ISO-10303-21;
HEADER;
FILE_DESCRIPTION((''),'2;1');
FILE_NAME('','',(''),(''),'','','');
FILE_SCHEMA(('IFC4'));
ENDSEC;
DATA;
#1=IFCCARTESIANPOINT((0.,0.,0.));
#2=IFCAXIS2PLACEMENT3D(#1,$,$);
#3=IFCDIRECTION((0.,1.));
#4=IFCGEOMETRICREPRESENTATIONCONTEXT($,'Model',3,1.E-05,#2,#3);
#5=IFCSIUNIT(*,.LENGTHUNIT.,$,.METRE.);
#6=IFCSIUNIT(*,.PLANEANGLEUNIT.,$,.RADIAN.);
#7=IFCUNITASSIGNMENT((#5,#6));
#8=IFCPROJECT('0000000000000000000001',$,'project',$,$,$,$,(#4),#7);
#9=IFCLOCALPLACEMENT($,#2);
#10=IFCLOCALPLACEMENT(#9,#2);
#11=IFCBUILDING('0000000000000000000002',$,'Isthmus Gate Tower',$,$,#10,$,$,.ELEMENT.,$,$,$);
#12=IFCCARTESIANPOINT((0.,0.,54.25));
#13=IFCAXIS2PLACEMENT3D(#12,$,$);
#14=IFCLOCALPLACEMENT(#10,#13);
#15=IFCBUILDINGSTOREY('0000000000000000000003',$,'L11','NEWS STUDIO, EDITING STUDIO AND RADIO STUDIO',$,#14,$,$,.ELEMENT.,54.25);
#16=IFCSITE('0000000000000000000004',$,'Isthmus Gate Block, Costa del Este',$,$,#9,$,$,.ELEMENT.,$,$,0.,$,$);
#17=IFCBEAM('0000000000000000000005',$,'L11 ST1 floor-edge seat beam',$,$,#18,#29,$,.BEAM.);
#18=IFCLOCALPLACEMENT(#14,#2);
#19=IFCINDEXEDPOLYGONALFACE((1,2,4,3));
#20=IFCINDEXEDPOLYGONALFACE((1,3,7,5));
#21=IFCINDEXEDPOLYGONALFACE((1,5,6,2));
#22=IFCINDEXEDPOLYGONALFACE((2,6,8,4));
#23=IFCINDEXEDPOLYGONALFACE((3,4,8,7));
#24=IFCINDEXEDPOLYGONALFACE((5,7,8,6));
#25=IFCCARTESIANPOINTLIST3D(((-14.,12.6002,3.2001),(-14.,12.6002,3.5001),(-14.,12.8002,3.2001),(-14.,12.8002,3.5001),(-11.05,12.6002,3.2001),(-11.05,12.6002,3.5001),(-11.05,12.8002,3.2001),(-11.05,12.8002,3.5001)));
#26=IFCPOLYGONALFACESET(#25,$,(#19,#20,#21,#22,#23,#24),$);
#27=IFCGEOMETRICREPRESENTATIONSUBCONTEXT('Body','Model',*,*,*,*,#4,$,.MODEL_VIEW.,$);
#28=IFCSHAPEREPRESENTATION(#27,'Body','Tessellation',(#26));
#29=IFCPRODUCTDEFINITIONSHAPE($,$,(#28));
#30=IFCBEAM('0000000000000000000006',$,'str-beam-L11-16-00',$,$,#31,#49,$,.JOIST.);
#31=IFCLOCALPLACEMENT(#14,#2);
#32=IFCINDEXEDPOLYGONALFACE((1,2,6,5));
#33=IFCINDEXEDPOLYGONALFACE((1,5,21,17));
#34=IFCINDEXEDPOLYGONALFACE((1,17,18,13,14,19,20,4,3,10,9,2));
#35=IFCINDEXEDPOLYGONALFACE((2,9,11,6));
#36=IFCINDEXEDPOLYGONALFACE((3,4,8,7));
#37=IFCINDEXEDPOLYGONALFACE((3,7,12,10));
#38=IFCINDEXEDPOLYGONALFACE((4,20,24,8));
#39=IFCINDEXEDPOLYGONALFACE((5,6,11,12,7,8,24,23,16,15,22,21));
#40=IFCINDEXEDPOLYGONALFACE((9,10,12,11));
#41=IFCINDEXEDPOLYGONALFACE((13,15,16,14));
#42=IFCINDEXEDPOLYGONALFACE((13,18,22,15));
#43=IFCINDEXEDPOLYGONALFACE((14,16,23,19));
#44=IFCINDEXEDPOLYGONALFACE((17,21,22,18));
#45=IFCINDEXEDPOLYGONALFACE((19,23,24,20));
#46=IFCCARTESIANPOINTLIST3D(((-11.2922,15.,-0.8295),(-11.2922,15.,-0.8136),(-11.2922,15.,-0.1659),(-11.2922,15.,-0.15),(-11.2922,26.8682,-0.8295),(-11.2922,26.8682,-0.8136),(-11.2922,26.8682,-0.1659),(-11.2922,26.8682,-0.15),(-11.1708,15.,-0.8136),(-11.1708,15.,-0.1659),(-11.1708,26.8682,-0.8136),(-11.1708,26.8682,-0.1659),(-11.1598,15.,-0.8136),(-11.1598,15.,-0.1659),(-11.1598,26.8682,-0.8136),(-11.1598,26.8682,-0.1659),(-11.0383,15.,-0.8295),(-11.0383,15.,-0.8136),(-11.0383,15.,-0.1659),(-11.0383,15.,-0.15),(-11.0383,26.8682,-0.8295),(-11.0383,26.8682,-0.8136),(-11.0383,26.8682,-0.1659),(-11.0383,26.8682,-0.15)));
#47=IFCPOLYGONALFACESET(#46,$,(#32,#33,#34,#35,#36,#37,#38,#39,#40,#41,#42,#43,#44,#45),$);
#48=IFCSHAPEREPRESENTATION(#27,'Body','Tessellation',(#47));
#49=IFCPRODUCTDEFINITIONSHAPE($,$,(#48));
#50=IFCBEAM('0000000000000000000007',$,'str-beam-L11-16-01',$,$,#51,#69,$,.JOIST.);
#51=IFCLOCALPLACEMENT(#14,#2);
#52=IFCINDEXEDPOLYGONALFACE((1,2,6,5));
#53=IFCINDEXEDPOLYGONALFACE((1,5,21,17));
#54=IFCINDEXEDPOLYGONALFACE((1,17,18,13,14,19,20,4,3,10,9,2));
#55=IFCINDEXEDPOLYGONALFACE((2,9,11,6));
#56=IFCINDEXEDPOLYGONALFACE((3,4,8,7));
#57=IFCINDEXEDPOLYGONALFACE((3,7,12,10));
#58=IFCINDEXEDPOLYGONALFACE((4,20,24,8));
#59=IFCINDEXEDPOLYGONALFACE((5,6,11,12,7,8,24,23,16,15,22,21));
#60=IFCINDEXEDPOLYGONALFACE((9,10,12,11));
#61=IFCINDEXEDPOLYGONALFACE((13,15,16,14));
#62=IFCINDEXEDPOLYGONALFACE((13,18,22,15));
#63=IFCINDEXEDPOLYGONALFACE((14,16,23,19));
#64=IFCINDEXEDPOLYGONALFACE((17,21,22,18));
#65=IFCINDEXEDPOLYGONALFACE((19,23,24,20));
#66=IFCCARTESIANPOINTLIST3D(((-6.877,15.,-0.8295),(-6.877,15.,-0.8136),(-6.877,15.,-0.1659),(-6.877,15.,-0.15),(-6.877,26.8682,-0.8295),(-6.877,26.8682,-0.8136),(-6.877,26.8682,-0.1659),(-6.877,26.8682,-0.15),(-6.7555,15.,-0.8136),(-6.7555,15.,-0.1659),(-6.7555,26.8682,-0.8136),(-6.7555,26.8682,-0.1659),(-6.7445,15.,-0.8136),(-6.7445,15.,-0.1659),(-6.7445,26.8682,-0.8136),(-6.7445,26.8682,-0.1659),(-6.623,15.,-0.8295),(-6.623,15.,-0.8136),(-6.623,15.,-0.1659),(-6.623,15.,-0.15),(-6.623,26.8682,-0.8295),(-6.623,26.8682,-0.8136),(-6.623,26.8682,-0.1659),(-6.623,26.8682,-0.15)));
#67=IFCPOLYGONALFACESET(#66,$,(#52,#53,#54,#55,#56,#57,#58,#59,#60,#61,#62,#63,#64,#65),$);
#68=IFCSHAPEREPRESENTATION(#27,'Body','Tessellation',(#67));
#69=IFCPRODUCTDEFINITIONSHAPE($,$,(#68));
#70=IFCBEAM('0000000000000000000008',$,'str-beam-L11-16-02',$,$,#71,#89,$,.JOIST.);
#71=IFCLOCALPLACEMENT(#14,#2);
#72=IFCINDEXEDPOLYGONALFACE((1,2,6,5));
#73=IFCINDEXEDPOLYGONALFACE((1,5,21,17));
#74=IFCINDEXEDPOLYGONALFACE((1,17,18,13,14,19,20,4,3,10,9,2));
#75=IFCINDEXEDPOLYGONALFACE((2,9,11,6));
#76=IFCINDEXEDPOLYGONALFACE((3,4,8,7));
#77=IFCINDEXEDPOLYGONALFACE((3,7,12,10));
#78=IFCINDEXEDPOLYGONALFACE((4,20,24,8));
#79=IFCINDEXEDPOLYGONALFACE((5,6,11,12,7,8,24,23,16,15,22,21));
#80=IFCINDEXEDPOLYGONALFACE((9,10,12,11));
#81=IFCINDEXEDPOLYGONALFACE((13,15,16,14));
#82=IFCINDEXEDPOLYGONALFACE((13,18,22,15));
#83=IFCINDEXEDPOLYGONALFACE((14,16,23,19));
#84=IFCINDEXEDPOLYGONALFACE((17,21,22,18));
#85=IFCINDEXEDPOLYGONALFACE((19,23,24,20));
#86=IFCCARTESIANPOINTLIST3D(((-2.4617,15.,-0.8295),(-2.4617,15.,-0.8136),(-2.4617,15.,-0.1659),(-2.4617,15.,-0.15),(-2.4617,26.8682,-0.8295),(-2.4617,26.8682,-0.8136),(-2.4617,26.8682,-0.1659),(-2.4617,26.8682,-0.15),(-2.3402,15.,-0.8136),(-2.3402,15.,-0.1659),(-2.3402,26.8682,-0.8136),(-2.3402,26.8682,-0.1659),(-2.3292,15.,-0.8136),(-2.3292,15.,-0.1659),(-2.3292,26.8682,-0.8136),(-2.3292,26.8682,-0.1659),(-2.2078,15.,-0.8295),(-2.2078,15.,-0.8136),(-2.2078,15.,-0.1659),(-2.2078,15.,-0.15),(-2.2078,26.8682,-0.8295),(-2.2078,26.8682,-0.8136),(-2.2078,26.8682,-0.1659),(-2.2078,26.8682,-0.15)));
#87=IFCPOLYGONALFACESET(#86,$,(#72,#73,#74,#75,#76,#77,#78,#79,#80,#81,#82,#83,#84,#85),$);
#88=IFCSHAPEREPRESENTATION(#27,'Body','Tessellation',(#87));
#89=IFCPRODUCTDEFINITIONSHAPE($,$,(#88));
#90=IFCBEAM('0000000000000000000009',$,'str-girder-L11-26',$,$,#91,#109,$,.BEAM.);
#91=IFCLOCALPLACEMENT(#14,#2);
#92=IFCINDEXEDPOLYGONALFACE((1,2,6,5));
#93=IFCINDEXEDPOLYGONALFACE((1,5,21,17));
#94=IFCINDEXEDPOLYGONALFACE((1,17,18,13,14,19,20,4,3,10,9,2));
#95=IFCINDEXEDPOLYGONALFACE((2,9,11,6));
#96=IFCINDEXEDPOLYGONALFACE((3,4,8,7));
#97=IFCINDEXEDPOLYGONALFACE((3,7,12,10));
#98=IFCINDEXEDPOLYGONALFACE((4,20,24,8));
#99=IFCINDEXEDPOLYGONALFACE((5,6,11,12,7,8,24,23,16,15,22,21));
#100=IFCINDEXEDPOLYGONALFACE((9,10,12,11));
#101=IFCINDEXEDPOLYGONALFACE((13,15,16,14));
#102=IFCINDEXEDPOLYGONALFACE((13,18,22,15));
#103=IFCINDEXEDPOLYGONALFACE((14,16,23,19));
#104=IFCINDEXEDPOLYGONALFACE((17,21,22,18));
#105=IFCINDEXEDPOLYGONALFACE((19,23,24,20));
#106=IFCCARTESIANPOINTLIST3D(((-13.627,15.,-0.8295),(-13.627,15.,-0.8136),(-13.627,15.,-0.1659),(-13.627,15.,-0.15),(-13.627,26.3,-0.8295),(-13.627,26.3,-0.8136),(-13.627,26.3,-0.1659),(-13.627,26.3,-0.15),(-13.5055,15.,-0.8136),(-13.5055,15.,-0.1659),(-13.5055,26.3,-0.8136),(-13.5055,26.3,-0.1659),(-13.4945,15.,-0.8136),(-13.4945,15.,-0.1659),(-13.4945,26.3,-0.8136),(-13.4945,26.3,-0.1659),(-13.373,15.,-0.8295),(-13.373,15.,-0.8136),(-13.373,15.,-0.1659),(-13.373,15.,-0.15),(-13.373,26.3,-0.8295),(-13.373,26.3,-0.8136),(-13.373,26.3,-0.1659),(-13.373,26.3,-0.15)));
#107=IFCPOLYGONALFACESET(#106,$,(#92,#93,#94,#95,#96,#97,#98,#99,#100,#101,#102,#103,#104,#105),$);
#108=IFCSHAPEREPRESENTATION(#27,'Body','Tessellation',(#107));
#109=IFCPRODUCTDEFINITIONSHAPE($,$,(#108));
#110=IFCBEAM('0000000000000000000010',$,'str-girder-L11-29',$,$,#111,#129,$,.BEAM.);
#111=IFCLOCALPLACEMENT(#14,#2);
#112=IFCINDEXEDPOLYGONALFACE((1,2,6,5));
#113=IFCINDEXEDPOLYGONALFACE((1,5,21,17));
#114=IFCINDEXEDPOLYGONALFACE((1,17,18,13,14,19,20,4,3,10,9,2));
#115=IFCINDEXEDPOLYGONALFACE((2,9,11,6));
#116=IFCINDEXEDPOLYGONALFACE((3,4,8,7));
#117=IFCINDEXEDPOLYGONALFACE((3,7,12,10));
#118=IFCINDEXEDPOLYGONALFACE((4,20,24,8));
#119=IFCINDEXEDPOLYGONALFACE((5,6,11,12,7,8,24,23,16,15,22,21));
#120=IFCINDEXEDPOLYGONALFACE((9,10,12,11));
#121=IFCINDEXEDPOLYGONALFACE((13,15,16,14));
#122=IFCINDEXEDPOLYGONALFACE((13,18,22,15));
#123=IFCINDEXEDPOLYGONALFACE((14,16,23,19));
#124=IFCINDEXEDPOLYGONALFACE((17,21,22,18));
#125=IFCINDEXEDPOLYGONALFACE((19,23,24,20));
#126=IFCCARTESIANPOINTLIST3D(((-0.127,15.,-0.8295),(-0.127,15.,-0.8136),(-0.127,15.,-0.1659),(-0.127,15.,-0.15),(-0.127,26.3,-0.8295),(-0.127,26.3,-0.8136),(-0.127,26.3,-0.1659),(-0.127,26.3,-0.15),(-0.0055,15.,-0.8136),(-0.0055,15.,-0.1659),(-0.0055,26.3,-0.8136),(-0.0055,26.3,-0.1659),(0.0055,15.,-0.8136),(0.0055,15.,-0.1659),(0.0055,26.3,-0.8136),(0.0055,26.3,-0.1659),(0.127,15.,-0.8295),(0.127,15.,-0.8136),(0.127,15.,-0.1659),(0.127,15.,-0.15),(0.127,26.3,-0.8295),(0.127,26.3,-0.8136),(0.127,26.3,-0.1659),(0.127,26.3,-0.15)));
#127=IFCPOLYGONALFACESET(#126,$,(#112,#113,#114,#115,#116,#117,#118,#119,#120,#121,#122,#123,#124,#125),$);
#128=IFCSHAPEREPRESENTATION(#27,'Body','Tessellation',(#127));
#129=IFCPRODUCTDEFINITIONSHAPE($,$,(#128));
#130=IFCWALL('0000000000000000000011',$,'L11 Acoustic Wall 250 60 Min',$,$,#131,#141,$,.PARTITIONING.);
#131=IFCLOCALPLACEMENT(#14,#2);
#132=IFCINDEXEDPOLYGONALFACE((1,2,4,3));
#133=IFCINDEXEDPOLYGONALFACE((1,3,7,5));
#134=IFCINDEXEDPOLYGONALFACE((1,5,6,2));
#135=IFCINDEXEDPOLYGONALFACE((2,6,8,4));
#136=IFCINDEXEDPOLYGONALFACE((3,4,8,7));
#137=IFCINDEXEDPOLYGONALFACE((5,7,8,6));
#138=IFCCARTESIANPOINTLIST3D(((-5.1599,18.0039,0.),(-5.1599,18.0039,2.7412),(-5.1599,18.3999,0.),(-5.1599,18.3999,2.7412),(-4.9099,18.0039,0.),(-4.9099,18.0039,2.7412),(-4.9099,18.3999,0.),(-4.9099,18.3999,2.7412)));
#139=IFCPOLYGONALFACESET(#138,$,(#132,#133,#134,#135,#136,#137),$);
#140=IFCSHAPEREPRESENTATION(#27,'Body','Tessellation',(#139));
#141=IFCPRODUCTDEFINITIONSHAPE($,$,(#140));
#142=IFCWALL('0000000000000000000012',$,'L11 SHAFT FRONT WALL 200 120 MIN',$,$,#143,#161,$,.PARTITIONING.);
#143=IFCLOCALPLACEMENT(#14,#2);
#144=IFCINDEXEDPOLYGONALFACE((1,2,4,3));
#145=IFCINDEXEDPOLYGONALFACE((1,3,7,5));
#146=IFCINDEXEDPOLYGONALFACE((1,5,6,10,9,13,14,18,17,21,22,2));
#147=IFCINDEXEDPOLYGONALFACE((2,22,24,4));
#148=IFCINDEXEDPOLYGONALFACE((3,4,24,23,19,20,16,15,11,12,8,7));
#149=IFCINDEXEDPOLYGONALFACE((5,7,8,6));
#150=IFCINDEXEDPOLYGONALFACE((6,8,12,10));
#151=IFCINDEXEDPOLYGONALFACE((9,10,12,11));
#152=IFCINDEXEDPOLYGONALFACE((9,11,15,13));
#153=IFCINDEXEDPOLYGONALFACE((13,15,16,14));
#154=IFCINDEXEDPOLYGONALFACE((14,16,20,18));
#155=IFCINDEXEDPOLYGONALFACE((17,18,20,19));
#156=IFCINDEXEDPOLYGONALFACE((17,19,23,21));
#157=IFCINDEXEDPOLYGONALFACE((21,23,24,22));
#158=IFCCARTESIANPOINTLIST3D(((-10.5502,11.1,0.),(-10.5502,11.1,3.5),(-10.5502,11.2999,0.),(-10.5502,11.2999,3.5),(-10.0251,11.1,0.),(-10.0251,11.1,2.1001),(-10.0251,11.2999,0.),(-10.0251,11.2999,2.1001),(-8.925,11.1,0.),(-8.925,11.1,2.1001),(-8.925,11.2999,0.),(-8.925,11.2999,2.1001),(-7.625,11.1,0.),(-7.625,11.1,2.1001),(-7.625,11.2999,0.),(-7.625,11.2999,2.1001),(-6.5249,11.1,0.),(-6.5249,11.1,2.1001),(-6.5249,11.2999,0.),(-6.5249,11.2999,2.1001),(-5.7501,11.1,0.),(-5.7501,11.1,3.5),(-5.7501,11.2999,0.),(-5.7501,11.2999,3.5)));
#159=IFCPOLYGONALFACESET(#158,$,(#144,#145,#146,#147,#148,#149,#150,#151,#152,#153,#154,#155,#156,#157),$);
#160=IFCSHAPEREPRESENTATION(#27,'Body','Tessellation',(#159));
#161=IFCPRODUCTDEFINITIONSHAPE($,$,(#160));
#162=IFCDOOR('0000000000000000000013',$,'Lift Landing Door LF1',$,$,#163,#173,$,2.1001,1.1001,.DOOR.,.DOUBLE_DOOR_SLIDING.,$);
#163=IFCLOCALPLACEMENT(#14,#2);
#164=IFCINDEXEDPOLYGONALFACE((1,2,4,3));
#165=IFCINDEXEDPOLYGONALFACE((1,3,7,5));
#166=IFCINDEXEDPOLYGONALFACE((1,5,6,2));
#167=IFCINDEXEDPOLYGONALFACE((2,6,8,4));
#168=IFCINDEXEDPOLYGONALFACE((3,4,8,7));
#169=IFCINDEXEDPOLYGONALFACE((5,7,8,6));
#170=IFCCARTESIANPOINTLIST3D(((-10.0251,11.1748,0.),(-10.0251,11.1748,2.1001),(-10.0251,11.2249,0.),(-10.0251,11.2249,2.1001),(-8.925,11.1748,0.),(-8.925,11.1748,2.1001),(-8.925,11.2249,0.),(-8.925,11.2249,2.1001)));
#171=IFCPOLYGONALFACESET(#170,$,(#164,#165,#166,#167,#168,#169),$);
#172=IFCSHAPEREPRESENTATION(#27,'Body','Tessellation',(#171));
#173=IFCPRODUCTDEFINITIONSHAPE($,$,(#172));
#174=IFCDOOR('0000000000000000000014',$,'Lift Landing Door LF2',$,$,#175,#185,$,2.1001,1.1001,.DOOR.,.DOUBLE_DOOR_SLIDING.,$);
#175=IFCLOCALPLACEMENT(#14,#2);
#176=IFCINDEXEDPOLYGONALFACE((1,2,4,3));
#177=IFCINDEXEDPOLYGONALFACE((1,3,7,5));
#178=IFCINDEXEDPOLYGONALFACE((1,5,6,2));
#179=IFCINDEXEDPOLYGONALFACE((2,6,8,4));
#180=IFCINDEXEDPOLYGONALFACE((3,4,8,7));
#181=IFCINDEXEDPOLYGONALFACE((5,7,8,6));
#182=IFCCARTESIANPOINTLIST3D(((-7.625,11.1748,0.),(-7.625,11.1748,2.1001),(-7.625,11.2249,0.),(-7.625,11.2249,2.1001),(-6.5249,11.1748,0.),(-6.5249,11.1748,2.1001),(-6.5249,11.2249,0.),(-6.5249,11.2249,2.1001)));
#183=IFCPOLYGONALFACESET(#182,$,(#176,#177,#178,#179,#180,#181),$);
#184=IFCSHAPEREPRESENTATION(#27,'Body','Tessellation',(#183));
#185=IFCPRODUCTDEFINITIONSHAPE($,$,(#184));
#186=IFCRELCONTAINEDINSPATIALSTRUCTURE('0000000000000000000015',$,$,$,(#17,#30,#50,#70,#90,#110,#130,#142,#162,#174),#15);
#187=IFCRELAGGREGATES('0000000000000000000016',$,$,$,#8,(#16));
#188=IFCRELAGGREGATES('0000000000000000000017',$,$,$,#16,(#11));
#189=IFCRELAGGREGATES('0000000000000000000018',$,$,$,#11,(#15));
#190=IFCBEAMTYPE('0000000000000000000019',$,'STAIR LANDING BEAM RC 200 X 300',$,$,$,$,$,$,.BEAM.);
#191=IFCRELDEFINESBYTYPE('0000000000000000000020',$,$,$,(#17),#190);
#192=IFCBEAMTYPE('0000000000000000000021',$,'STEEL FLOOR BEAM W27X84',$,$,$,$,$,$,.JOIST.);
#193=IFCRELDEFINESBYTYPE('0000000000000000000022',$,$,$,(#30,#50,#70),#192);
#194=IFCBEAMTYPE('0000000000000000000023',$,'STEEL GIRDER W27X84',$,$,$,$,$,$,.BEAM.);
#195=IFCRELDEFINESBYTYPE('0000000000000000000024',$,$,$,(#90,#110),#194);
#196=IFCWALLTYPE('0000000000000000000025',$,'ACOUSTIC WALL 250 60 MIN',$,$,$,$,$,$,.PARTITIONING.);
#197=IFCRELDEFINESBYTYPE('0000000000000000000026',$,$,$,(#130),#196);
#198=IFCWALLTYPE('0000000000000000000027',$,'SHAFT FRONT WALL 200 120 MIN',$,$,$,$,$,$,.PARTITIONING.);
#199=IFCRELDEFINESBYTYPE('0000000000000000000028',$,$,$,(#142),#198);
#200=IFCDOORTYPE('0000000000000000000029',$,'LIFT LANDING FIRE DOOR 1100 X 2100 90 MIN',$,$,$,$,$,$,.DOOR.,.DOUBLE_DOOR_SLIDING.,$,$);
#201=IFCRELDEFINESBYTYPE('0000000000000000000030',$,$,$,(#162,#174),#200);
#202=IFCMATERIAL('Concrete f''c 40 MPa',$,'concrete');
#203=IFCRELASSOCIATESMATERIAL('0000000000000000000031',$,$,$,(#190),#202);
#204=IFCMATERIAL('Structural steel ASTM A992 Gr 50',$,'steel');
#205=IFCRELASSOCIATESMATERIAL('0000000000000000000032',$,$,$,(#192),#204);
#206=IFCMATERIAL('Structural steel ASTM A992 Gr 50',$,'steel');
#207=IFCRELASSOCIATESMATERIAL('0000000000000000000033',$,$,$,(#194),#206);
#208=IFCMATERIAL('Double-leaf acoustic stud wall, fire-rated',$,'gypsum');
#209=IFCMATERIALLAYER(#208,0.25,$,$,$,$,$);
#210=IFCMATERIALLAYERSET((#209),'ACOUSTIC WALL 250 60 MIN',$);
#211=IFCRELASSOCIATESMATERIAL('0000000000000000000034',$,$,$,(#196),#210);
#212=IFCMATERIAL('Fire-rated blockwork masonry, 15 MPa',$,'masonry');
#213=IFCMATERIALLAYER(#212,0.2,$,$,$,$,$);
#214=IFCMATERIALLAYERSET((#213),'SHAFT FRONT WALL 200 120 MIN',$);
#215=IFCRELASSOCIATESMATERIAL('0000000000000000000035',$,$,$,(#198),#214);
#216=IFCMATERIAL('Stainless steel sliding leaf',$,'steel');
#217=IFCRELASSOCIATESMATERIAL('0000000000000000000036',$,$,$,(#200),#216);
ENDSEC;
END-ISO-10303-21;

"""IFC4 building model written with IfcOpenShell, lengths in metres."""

from ifc_helpers import new_model, si_unit, direction, frame, frame_2d, origin, origin_2d, place, context, subcontext, project, spatial, rectangle, i_section, extrude, material, layer, layer_set, material_profile, profile_set, type_object, element, fill, save


model = new_model("IFC4")

# Units and contexts
model_context = context("Model", 3, precision=1e-05, world=origin(), true_north=direction((0.0, 1.0)))
body_context = subcontext(model_context, "Body", "Model", "MODEL_VIEW")
ifc_project = project(units=[si_unit("LENGTHUNIT", "METRE"), si_unit("PLANEANGLEUNIT", "RADIAN")], contexts=[model_context])

# Site, building, storey
site_placement = place(None, origin())
site = spatial("IfcSite", under=ifc_project, at=site_placement, Name="Isthmus Gate Block, Costa del Este", CompositionType="ELEMENT", RefElevation=0.0)
building_placement = place(site_placement, origin())
building = spatial("IfcBuilding", under=site, at=building_placement, Name="Isthmus Gate Tower", CompositionType="ELEMENT")
storey_placement = place(building_placement, frame((0.0, 0.0, 54.25)))
storey = spatial("IfcBuildingStorey", under=building, at=storey_placement, Name="L11", Description="NEWS STUDIO, EDITING STUDIO AND RADIO STUDIO", CompositionType="ELEMENT", Elevation=54.25)

# Beams
ifc_material_1 = material(Name="Concrete f'c 40 MPa", Category="concrete")
ifc_material_profile_1 = material_profile(ifc_material_1, rectangle(XDim=0.2, YDim=0.3, at=origin_2d()), Name="STAIR LANDING BEAM RC 200 X 300")
ifc_profile_set_1 = profile_set([ifc_material_profile_1], Name="Concrete f'c 40 MPa")
beam_type_1 = type_object("IfcBeamType", Name="STAIR LANDING BEAM RC 200 X 300", PredefinedType="BEAM", material=ifc_profile_set_1)
beam_placement = place(storey_placement, frame((-14.0, 12.7002, 3.3501), z_axis=(1.0, 0.0, 0.0), x_axis=(0.0, 1.0, 0.0)))
element("IfcBeam", 1, at=beam_placement, inside=storey, type_object=beam_type_1, Name="L11 ST1 floor-edge seat beam", PredefinedType="BEAM", context=body_context, shape_type="SweptSolid", body=[
    extrude(rectangle(XDim=0.2, YDim=0.3, at=origin_2d()), origin(), (0.0, 0.0, 1.0), 2.95),
])
ifc_material_2 = material(Name="Structural steel ASTM A992 Gr 50", Category="steel")
ifc_material_profile_2 = material_profile(ifc_material_2, i_section(OverallWidth=0.2539, OverallDepth=0.6794, WebThickness=0.011, FlangeThickness=0.0159, at=origin_2d()), Name="W27X84")
ifc_profile_set_2 = profile_set([ifc_material_profile_2], Name="Structural steel ASTM A992 Gr 50")
beam_type_2 = type_object("IfcBeamType", Name="STEEL FLOOR BEAM W27X84", PredefinedType="JOIST", material=ifc_profile_set_2)
for number, where, z_axis, x_axis, name in (
    (2, (-11.1653, 15.0, -0.4897), (0.0, 1.0, 0.0), (-1.0, 0.0, 0.0), "str-beam-L11-16-00"),
    (3, (-6.75, 15.0, -0.4897), (0.0, 1.0, 0.0), (-1.0, 0.0, 0.0), "str-beam-L11-16-01"),
    (4, (-2.3347, 15.0, -0.4897), (0.0, 1.0, 0.0), (-1.0, 0.0, 0.0), "str-beam-L11-16-02"),
):
    element("IfcBeam", number, at=place(storey_placement, frame(where, z_axis=z_axis, x_axis=x_axis)), inside=storey, type_object=beam_type_2, Name=name, PredefinedType="JOIST", context=body_context, shape_type="SweptSolid", body=[
        extrude(i_section(OverallWidth=0.2539, OverallDepth=0.6794, WebThickness=0.011, FlangeThickness=0.0159, at=origin_2d()), origin(), (0.0, 0.0, 1.0), 11.8682),
    ])
ifc_material_3 = material(Name="Structural steel ASTM A992 Gr 50", Category="steel")
ifc_material_profile_3 = material_profile(ifc_material_3, i_section(OverallWidth=0.2539, OverallDepth=0.6794, WebThickness=0.011, FlangeThickness=0.0159, at=origin_2d()), Name="W27X84")
ifc_profile_set_3 = profile_set([ifc_material_profile_3], Name="Structural steel ASTM A992 Gr 50")
beam_type_3 = type_object("IfcBeamType", Name="STEEL GIRDER W27X84", PredefinedType="BEAM", material=ifc_profile_set_3)
for number, where, z_axis, x_axis, name in (
    (5, (-13.5, 15.0, -0.4897), (0.0, 1.0, 0.0), (-1.0, 0.0, 0.0), "str-girder-L11-26"),
    (6, (0.0, 15.0, -0.4897), (0.0, 1.0, 0.0), (-1.0, 0.0, 0.0), "str-girder-L11-29"),
):
    element("IfcBeam", number, at=place(storey_placement, frame(where, z_axis=z_axis, x_axis=x_axis)), inside=storey, type_object=beam_type_3, Name=name, PredefinedType="BEAM", context=body_context, shape_type="SweptSolid", body=[
        extrude(i_section(OverallWidth=0.2539, OverallDepth=0.6794, WebThickness=0.011, FlangeThickness=0.0159, at=origin_2d()), origin(), (0.0, 0.0, 1.0), 11.3),
    ])

# Wall
ifc_material_4 = material(Name="Double-leaf acoustic stud wall, fire-rated", Category="gypsum")
ifc_layer_1 = layer(ifc_material_4, 0.25)
ifc_layer_set_1 = layer_set([ifc_layer_1], Name="ACOUSTIC WALL 250 60 MIN")
wall_type_1 = type_object("IfcWallType", Name="ACOUSTIC WALL 250 60 MIN", PredefinedType="PARTITIONING", material=ifc_layer_set_1)
wall_1_placement = place(storey_placement, frame((-5.0349, 18.0039, 0.0), z_axis=(0.0, 0.0, 1.0), x_axis=(0.0, 1.0, 0.0)))
element("IfcWall", 7, at=wall_1_placement, inside=storey, type_object=wall_type_1, Name="L11 Acoustic Wall 250 60 Min", PredefinedType="PARTITIONING", context=body_context, shape_type="SweptSolid", body=[
    extrude(rectangle(XDim=0.396, YDim=0.25, at=frame_2d((0.198, 0.0))), origin(), (0.0, 0.0, 1.0), 2.7412),
])

# Wall, openings, doors
ifc_material_5 = material(Name="Fire-rated blockwork masonry, 15 MPa", Category="masonry")
ifc_layer_2 = layer(ifc_material_5, 0.2)
ifc_layer_set_2 = layer_set([ifc_layer_2], Name="SHAFT FRONT WALL 200 120 MIN")
wall_type_2 = type_object("IfcWallType", Name="SHAFT FRONT WALL 200 120 MIN", PredefinedType="PARTITIONING", material=ifc_layer_set_2)
wall_2_placement = place(storey_placement, frame((-10.55, 11.2, 0.0), z_axis=(0.0, 0.0, 1.0), x_axis=(1.0, 0.0, 0.0)))
wall_2 = element("IfcWall", 8, at=wall_2_placement, inside=storey, type_object=wall_type_2, Name="L11 SHAFT FRONT WALL 200 120 MIN", PredefinedType="PARTITIONING", context=body_context, shape_type="SweptSolid", body=[
    extrude(rectangle(XDim=4.8, YDim=0.2, at=frame_2d((2.3999, 0.0))), origin(), (0.0, 0.0, 1.0), 3.5),
])
opening_1_placement = place(wall_2_placement, frame((0.5249, 0.0, 0.0)))
opening_1 = element("IfcOpeningElement", 9, at=opening_1_placement, cuts=wall_2, PredefinedType="OPENING", context=body_context, shape_type="SweptSolid", body=[
    extrude(rectangle(XDim=1.1001, YDim=2.1001, at=frame_2d((0.55, 1.05))), frame((0.0, 0.1099, 0.0), z_axis=(0.0, -1.0, 0.0), x_axis=(1.0, 0.0, 0.0)), (0.0, 0.0, 1.0), 0.22),
])
opening_2_placement = place(wall_2_placement, frame((2.925, 0.0, 0.0)))
opening_2 = element("IfcOpeningElement", 10, at=opening_2_placement, cuts=wall_2, PredefinedType="OPENING", context=body_context, shape_type="SweptSolid", body=[
    extrude(rectangle(XDim=1.1001, YDim=2.1001, at=frame_2d((0.55, 1.05))), frame((0.0, 0.1099, 0.0), z_axis=(0.0, -1.0, 0.0), x_axis=(1.0, 0.0, 0.0)), (0.0, 0.0, 1.0), 0.22),
])
ifc_material_6 = material(Name="Stainless steel sliding leaf", Category="steel")
door_type_1 = type_object("IfcDoorType", Name="LIFT LANDING FIRE DOOR 1100 X 2100 90 MIN", OperationType="DOUBLE_DOOR_SLIDING", PredefinedType="DOOR", material=ifc_material_6)
door_1_placement = place(opening_1_placement, origin())
door_1 = element("IfcDoor", 11, at=door_1_placement, inside=storey, type_object=door_type_1, Name="Lift Landing Door LF1", OperationType="DOUBLE_DOOR_SLIDING", OverallHeight=2.1001, OverallWidth=1.1001, PredefinedType="DOOR", context=body_context, shape_type="SweptSolid", body=[
    extrude(rectangle(XDim=1.1001, YDim=2.1001, at=frame_2d((0.55, 1.05))), frame((0.0, 0.0249, 0.0), z_axis=(0.0, -1.0, 0.0), x_axis=(1.0, 0.0, 0.0)), (0.0, 0.0, 1.0), 0.05),
])
fill(opening_1, door_1)
door_2_placement = place(opening_2_placement, origin())
door_2 = element("IfcDoor", 12, at=door_2_placement, inside=storey, type_object=door_type_1, Name="Lift Landing Door LF2", OperationType="DOUBLE_DOOR_SLIDING", OverallHeight=2.1001, OverallWidth=1.1001, PredefinedType="DOOR", context=body_context, shape_type="SweptSolid", body=[
    extrude(rectangle(XDim=1.1001, YDim=2.1001, at=frame_2d((0.55, 1.05))), frame((0.0, 0.0249, 0.0), z_axis=(0.0, -1.0, 0.0), x_axis=(1.0, 0.0, 0.0)), (0.0, 0.0, 1.0), 0.05),
])
fill(opening_2, door_2)

save(model, "model.ifc")
